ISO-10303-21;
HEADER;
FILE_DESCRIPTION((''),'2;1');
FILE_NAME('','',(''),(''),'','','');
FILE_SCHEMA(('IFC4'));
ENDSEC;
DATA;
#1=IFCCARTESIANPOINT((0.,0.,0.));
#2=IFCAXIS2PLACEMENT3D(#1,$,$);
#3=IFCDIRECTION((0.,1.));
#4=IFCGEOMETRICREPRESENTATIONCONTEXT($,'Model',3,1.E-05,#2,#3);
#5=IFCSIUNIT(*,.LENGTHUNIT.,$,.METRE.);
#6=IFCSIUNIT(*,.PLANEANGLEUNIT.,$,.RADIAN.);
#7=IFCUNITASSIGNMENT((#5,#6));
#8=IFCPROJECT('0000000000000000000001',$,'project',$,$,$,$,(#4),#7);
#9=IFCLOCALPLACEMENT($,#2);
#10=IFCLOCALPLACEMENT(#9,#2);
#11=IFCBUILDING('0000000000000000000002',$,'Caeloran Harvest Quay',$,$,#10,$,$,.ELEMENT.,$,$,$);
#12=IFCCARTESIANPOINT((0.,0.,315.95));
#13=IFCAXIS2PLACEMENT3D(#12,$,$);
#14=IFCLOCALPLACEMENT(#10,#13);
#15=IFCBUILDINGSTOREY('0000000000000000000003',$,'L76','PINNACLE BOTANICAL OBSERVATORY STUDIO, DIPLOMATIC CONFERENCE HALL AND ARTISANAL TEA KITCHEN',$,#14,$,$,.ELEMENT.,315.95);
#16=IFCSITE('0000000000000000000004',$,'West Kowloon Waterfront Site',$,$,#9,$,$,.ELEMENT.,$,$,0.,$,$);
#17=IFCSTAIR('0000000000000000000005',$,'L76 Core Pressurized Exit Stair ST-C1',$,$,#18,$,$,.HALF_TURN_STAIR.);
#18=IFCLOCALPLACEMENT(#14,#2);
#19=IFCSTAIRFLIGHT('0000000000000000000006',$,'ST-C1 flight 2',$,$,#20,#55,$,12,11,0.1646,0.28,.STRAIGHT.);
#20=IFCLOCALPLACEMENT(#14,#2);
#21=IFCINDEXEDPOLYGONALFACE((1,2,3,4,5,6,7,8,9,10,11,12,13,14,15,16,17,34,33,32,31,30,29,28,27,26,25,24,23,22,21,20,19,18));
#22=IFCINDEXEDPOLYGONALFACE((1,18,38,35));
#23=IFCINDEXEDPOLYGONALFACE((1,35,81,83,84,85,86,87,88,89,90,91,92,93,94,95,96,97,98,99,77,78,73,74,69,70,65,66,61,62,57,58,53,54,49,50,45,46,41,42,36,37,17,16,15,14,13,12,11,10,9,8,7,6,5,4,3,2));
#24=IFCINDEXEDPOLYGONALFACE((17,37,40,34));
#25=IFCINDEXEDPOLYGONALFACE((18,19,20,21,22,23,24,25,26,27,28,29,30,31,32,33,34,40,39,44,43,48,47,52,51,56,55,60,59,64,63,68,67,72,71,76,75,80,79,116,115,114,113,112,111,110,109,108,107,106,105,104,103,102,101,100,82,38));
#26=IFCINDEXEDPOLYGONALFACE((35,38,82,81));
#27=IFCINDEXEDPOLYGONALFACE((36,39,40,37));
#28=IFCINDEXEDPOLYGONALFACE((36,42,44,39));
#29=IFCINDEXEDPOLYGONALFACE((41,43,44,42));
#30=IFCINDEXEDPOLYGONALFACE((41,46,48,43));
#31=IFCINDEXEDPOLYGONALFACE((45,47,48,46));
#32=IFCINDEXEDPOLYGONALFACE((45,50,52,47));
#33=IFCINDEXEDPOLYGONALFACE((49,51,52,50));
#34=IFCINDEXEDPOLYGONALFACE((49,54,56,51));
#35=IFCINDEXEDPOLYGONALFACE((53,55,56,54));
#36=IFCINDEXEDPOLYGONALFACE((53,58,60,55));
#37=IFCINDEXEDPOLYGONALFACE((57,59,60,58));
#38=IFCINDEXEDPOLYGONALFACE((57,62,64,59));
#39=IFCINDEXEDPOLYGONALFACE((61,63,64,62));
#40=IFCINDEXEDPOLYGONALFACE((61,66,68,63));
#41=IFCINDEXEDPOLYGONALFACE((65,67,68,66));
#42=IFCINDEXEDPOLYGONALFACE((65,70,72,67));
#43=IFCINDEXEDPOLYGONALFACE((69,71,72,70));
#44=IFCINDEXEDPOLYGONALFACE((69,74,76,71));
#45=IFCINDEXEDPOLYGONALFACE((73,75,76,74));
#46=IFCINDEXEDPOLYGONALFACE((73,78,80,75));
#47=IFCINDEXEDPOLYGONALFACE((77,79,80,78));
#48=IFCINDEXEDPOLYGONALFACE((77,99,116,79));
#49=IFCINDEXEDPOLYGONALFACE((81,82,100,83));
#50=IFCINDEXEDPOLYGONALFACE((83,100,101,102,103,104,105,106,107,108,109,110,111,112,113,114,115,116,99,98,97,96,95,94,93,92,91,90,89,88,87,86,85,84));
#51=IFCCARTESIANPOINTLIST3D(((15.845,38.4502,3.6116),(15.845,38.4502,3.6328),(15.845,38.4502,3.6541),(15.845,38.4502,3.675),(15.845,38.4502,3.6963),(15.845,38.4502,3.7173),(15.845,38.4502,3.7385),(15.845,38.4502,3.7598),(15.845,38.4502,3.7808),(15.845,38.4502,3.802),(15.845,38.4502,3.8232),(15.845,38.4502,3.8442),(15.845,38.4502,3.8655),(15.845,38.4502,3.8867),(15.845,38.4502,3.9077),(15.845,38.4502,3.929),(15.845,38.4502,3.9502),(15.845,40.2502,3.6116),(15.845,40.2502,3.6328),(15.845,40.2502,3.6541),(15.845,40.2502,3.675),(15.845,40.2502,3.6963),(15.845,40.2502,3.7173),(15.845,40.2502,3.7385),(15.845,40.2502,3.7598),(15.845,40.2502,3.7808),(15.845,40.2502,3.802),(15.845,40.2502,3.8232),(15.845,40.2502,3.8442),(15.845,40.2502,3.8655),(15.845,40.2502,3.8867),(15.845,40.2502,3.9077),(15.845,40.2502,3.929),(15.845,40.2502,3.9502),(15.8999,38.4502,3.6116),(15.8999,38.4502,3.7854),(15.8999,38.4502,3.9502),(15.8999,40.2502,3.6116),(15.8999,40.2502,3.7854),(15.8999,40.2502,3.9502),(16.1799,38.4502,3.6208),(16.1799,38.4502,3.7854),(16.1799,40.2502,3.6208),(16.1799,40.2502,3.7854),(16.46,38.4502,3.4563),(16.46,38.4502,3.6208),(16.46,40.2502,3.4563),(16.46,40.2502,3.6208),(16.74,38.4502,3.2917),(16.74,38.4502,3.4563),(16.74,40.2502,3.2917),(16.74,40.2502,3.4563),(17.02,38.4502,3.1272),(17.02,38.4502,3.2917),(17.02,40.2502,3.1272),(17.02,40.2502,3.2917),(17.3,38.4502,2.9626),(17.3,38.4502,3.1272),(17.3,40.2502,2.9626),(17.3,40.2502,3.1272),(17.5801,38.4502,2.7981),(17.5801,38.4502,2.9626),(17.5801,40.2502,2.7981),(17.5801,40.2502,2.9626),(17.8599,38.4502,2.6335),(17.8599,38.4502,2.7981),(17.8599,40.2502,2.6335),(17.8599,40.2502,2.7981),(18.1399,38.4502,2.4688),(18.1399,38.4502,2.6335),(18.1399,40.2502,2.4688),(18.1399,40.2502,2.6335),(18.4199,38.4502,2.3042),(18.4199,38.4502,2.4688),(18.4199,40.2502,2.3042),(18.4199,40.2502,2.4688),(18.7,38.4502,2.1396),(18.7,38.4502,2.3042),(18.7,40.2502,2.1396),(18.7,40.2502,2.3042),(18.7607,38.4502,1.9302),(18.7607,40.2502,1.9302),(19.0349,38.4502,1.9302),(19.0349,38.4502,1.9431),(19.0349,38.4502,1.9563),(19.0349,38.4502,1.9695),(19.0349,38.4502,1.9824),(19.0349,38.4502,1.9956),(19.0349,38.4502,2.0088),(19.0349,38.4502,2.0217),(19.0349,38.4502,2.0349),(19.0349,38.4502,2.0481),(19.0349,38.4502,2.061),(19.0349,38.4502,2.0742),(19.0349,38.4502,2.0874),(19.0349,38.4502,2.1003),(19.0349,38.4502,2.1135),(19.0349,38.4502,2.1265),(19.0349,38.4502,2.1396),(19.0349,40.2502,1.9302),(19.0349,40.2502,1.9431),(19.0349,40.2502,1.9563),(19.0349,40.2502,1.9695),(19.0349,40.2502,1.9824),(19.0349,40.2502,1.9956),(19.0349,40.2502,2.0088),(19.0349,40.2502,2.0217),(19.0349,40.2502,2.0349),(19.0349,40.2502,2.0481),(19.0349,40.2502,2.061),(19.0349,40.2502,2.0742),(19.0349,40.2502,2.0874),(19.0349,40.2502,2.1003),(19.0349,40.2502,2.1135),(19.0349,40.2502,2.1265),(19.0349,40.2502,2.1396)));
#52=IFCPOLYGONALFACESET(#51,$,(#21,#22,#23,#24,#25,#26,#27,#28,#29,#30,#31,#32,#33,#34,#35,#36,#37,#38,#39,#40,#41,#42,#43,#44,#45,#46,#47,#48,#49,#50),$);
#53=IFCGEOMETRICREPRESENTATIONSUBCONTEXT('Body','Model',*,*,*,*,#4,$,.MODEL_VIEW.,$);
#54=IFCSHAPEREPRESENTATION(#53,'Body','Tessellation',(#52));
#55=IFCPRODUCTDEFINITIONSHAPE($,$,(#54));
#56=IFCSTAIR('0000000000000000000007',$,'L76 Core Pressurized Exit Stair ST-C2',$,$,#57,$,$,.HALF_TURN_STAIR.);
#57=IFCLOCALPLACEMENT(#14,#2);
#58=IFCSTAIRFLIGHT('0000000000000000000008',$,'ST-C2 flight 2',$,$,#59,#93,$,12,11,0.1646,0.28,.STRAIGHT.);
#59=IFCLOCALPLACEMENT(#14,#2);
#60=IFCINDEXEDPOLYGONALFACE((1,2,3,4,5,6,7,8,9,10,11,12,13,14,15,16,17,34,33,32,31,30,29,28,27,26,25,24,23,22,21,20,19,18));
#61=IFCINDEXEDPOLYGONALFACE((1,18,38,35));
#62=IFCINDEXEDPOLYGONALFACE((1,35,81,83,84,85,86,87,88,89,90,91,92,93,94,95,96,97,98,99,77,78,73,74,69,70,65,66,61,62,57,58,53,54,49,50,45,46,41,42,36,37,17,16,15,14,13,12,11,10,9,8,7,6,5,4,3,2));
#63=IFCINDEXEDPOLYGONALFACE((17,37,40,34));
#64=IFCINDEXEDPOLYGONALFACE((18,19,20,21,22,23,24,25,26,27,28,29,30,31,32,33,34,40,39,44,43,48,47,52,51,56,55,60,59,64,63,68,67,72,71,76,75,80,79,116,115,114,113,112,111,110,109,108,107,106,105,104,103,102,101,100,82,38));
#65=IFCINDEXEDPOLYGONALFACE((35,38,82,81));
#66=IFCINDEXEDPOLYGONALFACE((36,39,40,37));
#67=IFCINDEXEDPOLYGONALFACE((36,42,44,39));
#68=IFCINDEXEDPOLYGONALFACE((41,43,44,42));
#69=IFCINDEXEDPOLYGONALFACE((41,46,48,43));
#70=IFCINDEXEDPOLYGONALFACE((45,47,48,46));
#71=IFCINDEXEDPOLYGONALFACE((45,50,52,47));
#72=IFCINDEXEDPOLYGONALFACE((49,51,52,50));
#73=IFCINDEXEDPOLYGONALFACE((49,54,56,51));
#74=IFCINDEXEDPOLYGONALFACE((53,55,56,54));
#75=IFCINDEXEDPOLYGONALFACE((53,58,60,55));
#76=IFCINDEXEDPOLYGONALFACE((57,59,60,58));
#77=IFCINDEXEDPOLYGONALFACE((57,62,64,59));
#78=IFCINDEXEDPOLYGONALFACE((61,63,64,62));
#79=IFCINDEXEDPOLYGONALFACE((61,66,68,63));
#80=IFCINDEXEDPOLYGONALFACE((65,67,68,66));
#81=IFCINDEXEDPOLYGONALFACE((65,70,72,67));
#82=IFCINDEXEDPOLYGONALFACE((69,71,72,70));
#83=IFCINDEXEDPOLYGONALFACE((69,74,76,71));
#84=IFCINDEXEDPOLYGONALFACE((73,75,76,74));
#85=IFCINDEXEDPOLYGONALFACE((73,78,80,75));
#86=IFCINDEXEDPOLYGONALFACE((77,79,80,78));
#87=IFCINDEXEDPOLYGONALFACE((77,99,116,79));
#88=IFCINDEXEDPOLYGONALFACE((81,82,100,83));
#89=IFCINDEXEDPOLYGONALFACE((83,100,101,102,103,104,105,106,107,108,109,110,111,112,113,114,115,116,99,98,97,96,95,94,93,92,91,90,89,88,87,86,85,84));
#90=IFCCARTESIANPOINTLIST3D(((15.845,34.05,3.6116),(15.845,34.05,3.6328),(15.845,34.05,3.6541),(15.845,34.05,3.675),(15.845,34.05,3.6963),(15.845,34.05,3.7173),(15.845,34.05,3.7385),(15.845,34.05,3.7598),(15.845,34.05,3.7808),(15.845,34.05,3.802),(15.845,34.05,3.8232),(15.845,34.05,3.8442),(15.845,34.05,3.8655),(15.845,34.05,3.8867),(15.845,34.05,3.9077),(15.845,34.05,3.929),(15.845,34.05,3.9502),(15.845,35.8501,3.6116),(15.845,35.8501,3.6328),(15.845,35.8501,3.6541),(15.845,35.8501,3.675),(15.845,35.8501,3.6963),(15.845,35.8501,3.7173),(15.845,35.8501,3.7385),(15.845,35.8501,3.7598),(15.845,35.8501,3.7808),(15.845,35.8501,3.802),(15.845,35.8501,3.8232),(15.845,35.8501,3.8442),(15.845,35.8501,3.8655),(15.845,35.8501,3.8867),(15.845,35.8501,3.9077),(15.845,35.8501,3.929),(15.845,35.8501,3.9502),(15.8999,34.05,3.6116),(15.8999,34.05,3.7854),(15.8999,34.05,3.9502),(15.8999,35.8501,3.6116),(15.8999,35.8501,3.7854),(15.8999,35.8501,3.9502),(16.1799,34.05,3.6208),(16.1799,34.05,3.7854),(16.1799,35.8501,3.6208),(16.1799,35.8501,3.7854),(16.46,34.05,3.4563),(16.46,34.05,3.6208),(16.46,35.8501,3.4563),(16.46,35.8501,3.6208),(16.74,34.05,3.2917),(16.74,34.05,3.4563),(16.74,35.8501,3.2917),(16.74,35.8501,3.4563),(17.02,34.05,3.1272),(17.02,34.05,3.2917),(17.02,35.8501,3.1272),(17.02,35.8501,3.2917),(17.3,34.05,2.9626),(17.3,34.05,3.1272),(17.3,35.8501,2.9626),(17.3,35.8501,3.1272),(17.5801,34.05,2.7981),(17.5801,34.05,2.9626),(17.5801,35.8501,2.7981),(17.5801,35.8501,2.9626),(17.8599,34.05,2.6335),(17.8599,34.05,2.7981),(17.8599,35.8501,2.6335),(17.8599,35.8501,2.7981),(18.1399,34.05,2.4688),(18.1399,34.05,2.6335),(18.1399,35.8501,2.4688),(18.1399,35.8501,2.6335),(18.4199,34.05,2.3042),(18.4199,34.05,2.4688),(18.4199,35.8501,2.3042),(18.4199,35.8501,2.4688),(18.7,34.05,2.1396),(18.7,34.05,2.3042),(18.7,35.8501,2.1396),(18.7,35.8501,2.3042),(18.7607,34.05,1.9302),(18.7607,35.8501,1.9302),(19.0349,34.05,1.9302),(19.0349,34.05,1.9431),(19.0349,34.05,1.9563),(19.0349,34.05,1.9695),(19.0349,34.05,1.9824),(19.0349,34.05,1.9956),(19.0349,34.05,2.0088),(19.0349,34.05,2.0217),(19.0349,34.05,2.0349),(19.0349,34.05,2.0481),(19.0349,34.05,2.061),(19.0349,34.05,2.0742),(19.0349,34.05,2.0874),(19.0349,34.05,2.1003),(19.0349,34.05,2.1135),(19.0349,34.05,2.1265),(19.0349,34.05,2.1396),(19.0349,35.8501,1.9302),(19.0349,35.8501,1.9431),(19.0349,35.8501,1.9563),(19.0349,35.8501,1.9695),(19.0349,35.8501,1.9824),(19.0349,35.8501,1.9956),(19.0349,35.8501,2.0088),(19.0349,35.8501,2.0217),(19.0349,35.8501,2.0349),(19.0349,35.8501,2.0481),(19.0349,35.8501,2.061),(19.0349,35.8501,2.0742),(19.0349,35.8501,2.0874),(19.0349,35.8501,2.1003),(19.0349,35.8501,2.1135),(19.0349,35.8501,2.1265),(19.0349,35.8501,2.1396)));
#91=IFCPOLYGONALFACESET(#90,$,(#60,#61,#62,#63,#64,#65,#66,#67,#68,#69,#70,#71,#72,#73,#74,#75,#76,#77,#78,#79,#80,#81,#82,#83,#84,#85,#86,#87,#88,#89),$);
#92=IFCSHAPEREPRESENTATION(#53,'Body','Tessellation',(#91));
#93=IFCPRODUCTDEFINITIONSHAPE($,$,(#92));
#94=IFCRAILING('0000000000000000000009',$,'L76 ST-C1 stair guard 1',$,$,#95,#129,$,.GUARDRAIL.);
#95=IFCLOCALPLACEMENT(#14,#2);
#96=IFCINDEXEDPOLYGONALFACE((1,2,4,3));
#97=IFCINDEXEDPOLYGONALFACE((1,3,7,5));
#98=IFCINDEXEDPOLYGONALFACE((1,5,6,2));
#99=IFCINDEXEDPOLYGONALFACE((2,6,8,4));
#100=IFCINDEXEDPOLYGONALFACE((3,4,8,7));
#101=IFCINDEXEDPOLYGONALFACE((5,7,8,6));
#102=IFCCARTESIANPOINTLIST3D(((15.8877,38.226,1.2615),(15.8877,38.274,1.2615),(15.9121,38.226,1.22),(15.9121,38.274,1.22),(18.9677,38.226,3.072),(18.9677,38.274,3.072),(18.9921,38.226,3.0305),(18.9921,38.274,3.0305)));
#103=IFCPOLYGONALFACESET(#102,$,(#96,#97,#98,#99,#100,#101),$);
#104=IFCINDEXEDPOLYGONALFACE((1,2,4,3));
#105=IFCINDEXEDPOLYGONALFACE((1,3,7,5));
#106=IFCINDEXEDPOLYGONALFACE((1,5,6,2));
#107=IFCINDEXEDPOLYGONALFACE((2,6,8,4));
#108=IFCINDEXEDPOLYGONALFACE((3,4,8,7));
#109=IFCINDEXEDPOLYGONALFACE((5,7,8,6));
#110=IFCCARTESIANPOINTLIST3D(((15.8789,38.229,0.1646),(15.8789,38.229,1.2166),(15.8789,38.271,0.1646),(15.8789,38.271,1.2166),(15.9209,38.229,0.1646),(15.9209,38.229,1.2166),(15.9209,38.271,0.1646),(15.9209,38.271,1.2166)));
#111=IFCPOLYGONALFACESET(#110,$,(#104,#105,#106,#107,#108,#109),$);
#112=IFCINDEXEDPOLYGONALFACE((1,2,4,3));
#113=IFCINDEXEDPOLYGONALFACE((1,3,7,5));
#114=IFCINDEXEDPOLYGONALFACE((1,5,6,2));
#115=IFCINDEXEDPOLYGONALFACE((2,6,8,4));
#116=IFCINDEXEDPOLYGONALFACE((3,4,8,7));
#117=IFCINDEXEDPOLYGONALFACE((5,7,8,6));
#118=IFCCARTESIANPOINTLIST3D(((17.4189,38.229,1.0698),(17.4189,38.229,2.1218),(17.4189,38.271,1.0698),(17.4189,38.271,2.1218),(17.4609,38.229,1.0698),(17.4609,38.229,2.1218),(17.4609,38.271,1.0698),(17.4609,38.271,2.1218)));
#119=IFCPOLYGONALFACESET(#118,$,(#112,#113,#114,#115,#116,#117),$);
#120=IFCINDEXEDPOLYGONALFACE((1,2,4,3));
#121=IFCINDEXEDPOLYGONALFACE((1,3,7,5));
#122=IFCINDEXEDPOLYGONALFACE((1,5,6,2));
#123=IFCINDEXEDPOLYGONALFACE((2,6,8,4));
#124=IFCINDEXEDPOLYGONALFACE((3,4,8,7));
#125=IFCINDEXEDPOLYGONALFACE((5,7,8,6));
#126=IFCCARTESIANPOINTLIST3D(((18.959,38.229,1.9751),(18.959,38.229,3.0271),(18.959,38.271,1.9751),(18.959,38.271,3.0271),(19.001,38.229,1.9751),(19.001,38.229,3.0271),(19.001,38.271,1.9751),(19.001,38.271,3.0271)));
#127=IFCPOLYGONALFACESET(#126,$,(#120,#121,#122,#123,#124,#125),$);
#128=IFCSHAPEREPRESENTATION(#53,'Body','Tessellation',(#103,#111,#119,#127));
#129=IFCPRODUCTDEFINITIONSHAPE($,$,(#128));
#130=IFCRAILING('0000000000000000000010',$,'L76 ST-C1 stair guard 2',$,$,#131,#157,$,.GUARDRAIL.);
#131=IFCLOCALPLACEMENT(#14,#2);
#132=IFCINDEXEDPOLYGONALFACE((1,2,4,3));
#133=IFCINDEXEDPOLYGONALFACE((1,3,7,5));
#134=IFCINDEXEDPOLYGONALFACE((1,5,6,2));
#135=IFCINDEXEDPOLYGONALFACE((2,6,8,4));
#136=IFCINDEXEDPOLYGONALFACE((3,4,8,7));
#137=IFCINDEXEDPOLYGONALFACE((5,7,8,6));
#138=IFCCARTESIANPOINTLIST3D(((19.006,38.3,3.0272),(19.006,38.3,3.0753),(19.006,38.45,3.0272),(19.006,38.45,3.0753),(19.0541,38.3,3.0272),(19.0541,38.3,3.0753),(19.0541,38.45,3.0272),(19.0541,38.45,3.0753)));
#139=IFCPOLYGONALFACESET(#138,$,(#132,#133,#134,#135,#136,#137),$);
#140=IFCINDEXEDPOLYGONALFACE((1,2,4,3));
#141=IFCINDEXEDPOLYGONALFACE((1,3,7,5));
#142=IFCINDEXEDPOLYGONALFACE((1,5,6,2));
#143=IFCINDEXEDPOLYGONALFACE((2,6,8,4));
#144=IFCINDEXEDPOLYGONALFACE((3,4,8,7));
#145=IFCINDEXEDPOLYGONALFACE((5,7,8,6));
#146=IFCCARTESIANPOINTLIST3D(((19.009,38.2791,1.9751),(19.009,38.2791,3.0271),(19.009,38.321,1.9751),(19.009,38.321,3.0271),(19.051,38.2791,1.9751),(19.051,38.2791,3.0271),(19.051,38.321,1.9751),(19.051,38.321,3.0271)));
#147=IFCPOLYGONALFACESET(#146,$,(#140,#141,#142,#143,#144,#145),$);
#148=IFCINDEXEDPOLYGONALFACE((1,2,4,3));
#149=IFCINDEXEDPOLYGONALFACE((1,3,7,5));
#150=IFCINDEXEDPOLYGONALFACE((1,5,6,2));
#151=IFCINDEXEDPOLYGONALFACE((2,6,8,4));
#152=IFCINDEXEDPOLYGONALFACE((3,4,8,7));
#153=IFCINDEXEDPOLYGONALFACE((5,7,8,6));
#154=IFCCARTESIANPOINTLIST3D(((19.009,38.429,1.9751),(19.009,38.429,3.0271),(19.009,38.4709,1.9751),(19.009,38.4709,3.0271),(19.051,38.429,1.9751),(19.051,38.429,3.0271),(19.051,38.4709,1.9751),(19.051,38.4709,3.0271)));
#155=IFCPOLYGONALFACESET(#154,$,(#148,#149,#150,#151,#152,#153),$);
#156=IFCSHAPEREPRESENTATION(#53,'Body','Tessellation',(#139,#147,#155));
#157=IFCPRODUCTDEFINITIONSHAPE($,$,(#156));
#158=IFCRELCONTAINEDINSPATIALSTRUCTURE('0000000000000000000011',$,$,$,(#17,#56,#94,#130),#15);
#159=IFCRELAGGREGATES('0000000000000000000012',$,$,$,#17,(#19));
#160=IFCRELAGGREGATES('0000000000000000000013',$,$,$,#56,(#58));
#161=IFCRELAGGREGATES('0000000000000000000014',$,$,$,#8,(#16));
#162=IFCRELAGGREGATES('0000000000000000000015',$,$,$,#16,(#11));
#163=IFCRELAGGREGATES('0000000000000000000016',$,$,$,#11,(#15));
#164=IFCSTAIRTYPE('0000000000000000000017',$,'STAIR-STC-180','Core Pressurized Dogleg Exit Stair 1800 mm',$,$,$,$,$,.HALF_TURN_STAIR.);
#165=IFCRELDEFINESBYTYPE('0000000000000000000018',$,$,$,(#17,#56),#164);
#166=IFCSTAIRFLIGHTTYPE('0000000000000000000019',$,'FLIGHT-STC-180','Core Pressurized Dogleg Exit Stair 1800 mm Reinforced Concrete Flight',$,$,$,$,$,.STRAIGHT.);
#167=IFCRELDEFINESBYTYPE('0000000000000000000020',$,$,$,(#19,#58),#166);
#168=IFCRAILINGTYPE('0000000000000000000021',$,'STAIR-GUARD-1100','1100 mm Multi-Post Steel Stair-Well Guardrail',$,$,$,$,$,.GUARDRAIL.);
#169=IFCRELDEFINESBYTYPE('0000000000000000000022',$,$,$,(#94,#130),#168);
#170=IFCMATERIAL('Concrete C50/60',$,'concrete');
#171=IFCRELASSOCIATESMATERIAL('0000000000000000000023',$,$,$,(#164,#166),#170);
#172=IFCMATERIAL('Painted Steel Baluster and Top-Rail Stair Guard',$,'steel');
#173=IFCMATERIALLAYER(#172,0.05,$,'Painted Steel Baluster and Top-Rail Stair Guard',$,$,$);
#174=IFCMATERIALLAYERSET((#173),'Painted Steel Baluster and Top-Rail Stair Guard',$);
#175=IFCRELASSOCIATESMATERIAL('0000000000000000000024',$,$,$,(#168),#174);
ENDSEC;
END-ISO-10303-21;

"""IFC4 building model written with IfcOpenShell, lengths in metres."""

from ifc_helpers import new_model, si_unit, direction, frame, origin, origin_2d, place, context, subcontext, project, spatial, polyline, rectangle, outline, extrude, material, layer, layer_set, type_object, element, aggregate, save


model = new_model("IFC4")

# Units and contexts
model_context = context("Model", 3, precision=1e-05, world=origin(), true_north=direction((0.0, 1.0)))
body_context = subcontext(model_context, "Body", "Model", "MODEL_VIEW")
ifc_project = project(units=[si_unit("LENGTHUNIT", "METRE"), si_unit("PLANEANGLEUNIT", "RADIAN")], contexts=[model_context])

# Site, building, storey
site_placement = place(None, origin())
site = spatial("IfcSite", under=ifc_project, at=site_placement, Name="West Kowloon Waterfront Site", CompositionType="ELEMENT", RefElevation=0.0)
building_placement = place(site_placement, origin())
building = spatial("IfcBuilding", under=site, at=building_placement, Name="Caeloran Harvest Quay", CompositionType="ELEMENT")
storey_placement = place(building_placement, frame((0.0, 0.0, 315.95)))
storey = spatial("IfcBuildingStorey", under=building, at=storey_placement, Name="L76", Description="PINNACLE BOTANICAL OBSERVATORY STUDIO, DIPLOMATIC CONFERENCE HALL AND ARTISANAL TEA KITCHEN", CompositionType="ELEMENT", Elevation=315.95)

# Shared definitions
ifc_material_1 = material(Name="Concrete C50/60", Category="concrete")

# Stair, stair flight
stair_type = type_object("IfcStairType", Name="STAIR-STC-180", Description="Core Pressurized Dogleg Exit Stair 1800 mm", PredefinedType="HALF_TURN_STAIR", material=ifc_material_1)
stair_1_placement = place(storey_placement, origin())
stair_1 = element("IfcStair", 1, at=stair_1_placement, inside=storey, type_object=stair_type, Name="L76 Core Pressurized Exit Stair ST-C1", PredefinedType="HALF_TURN_STAIR")
stair_flight_type = type_object("IfcStairFlightType", Name="FLIGHT-STC-180", Description="Core Pressurized Dogleg Exit Stair 1800 mm Reinforced Concrete Flight", PredefinedType="STRAIGHT", material=ifc_material_1)
stair_flight_1_placement = place(storey_placement, frame((18.98, 39.3501, 1.9751), z_axis=(0.0, 0.0, 1.0), x_axis=(-1.0, 0.0, 0.0)))
stair_flight_1 = element("IfcStairFlight", 2, at=stair_flight_1_placement, type_object=stair_flight_type, Name="ST-C1 flight 2", NumberOfRisers=12, NumberOfTreads=11, PredefinedType="STRAIGHT", RiserHeight=0.1646, TreadLength=0.28, context=body_context, shape_type="SweptSolid", body=[
    extrude(outline(polyline([(-0.0549, -0.0449), (-0.0549, -0.032), (-0.0549, -0.0188), (-0.0549, -0.0056), (-0.0549, 0.0073), (-0.0549, 0.0205), (-0.0549, 0.0337), (-0.0549, 0.0466), (-0.0549, 0.0598), (-0.0549, 0.073), (-0.0549, 0.0859), (-0.0549, 0.0991), (-0.0549, 0.1123), (-0.0549, 0.1252), (-0.0549, 0.1384), (-0.0549, 0.1514), (-0.0549, 0.1646), (0.28, 0.1646), (0.28, 0.3291), (0.5601, 0.3291), (0.5601, 0.4937), (0.8401, 0.4937), (0.8401, 0.6584), (1.1201, 0.6584), (1.1201, 0.823), (1.3999, 0.823), (1.3999, 0.9875), (1.6799, 0.9875), (1.6799, 1.1521), (1.96, 1.1521), (1.96, 1.3167), (2.24, 1.3167), (2.24, 1.4812), (2.52, 1.4812), (2.52, 1.6458), (2.8, 1.6458), (2.8, 1.8103), (3.0801, 1.8103), (3.0801, 1.9751), (3.135, 1.9751), (3.135, 1.9539), (3.135, 1.9326), (3.135, 1.9116), (3.135, 1.8904), (3.135, 1.8691), (3.135, 1.8481), (3.135, 1.8269), (3.135, 1.8057), (3.135, 1.7847), (3.135, 1.7634), (3.135, 1.7422), (3.135, 1.7212), (3.135, 1.7), (3.135, 1.679), (3.135, 1.6577), (3.135, 1.6365), (3.0801, 1.6365), (0.2192, -0.0449), (-0.0549, -0.0449)])), frame((0.0, 0.8999, 0.0), z_axis=(0.0, -1.0, 0.0), x_axis=(1.0, 0.0, 0.0)), (0.0, 0.0, 1.0), 1.8),
])
aggregate(stair_1, [stair_flight_1])

# Stair, stair flight
stair_2_placement = place(storey_placement, origin())
stair_2 = element("IfcStair", 3, at=stair_2_placement, inside=storey, type_object=stair_type, Name="L76 Core Pressurized Exit Stair ST-C2", PredefinedType="HALF_TURN_STAIR")
stair_flight_2_placement = place(storey_placement, frame((18.98, 34.95, 1.9751), z_axis=(0.0, 0.0, 1.0), x_axis=(-1.0, 0.0, 0.0)))
stair_flight_2 = element("IfcStairFlight", 4, at=stair_flight_2_placement, type_object=stair_flight_type, Name="ST-C2 flight 2", NumberOfRisers=12, NumberOfTreads=11, PredefinedType="STRAIGHT", RiserHeight=0.1646, TreadLength=0.28, context=body_context, shape_type="SweptSolid", body=[
    extrude(outline(polyline([(-0.0549, -0.0449), (-0.0549, -0.032), (-0.0549, -0.0188), (-0.0549, -0.0056), (-0.0549, 0.0073), (-0.0549, 0.0205), (-0.0549, 0.0337), (-0.0549, 0.0466), (-0.0549, 0.0598), (-0.0549, 0.073), (-0.0549, 0.0859), (-0.0549, 0.0991), (-0.0549, 0.1123), (-0.0549, 0.1252), (-0.0549, 0.1384), (-0.0549, 0.1514), (-0.0549, 0.1646), (0.28, 0.1646), (0.28, 0.3291), (0.5601, 0.3291), (0.5601, 0.4937), (0.8401, 0.4937), (0.8401, 0.6584), (1.1201, 0.6584), (1.1201, 0.823), (1.3999, 0.823), (1.3999, 0.9875), (1.6799, 0.9875), (1.6799, 1.1521), (1.96, 1.1521), (1.96, 1.3167), (2.24, 1.3167), (2.24, 1.4812), (2.52, 1.4812), (2.52, 1.6458), (2.8, 1.6458), (2.8, 1.8103), (3.0801, 1.8103), (3.0801, 1.9751), (3.135, 1.9751), (3.135, 1.9539), (3.135, 1.9326), (3.135, 1.9116), (3.135, 1.8904), (3.135, 1.8691), (3.135, 1.8481), (3.135, 1.8269), (3.135, 1.8057), (3.135, 1.7847), (3.135, 1.7634), (3.135, 1.7422), (3.135, 1.7212), (3.135, 1.7), (3.135, 1.679), (3.135, 1.6577), (3.135, 1.6365), (3.0801, 1.6365), (0.2192, -0.0449), (-0.0549, -0.0449)])), frame((0.0, 0.8999, 0.0), z_axis=(0.0, -1.0, 0.0), x_axis=(1.0, 0.0, 0.0)), (0.0, 0.0, 1.0), 1.8),
])
aggregate(stair_2, [stair_flight_2])

# Railings
ifc_material_2 = material(Name="Painted Steel Baluster and Top-Rail Stair Guard", Category="steel")
ifc_layer_1 = layer(ifc_material_2, 0.05, Name="Painted Steel Baluster and Top-Rail Stair Guard")
ifc_layer_set_1 = layer_set([ifc_layer_1], Name="Painted Steel Baluster and Top-Rail Stair Guard")
railing_type_1 = type_object("IfcRailingType", Name="STAIR-GUARD-1100", Description="1100 mm Multi-Post Steel Stair-Well Guardrail", PredefinedType="GUARDRAIL", material=ifc_layer_set_1)
railing_1_placement = place(storey_placement, frame((15.8999, 38.25, 0.1646)))
element("IfcRailing", 5, at=railing_1_placement, inside=storey, type_object=railing_type_1, Name="L76 ST-C1 stair guard 1", PredefinedType="GUARDRAIL", context=body_context, shape_type="SweptSolid", body=[
    extrude(rectangle(XDim=0.0481, YDim=0.0481, at=origin_2d()), frame((0.0, 0.0, 1.0762), z_axis=(0.862089, 0.0, 0.506757), x_axis=(0.0, 1.0, 0.0)), (0.0, 0.0, 1.0), 3.5728),
    extrude(rectangle(XDim=0.042, YDim=0.042, at=origin_2d()), origin(), (0.0, 0.0, 1.0), 1.052),
    extrude(rectangle(XDim=0.042, YDim=0.042, at=origin_2d()), frame((1.54, 0.0, 0.9053)), (0.0, 0.0, 1.0), 1.052),
    extrude(rectangle(XDim=0.042, YDim=0.042, at=origin_2d()), frame((3.0801, 0.0, 1.8105)), (0.0, 0.0, 1.0), 1.052),
])
railing_2_placement = place(storey_placement, frame((19.03, 38.3, 1.9751)))
element("IfcRailing", 6, at=railing_2_placement, inside=storey, type_object=railing_type_1, Name="L76 ST-C1 stair guard 2", PredefinedType="GUARDRAIL", context=body_context, shape_type="SweptSolid", body=[
    extrude(rectangle(XDim=0.0481, YDim=0.0481, at=origin_2d()), frame((0.0, 0.0, 1.0762), z_axis=(0.0, 1.0, 0.0), x_axis=(-1.0, 0.0, 0.0)), (0.0, 0.0, 1.0), 0.1499),
    extrude(rectangle(XDim=0.042, YDim=0.042, at=origin_2d()), origin(), (0.0, 0.0, 1.0), 1.052),
    extrude(rectangle(XDim=0.042, YDim=0.042, at=origin_2d()), frame((0.0, 0.1499, 0.0)), (0.0, 0.0, 1.0), 1.052),
])

save(model, "model.ifc")
